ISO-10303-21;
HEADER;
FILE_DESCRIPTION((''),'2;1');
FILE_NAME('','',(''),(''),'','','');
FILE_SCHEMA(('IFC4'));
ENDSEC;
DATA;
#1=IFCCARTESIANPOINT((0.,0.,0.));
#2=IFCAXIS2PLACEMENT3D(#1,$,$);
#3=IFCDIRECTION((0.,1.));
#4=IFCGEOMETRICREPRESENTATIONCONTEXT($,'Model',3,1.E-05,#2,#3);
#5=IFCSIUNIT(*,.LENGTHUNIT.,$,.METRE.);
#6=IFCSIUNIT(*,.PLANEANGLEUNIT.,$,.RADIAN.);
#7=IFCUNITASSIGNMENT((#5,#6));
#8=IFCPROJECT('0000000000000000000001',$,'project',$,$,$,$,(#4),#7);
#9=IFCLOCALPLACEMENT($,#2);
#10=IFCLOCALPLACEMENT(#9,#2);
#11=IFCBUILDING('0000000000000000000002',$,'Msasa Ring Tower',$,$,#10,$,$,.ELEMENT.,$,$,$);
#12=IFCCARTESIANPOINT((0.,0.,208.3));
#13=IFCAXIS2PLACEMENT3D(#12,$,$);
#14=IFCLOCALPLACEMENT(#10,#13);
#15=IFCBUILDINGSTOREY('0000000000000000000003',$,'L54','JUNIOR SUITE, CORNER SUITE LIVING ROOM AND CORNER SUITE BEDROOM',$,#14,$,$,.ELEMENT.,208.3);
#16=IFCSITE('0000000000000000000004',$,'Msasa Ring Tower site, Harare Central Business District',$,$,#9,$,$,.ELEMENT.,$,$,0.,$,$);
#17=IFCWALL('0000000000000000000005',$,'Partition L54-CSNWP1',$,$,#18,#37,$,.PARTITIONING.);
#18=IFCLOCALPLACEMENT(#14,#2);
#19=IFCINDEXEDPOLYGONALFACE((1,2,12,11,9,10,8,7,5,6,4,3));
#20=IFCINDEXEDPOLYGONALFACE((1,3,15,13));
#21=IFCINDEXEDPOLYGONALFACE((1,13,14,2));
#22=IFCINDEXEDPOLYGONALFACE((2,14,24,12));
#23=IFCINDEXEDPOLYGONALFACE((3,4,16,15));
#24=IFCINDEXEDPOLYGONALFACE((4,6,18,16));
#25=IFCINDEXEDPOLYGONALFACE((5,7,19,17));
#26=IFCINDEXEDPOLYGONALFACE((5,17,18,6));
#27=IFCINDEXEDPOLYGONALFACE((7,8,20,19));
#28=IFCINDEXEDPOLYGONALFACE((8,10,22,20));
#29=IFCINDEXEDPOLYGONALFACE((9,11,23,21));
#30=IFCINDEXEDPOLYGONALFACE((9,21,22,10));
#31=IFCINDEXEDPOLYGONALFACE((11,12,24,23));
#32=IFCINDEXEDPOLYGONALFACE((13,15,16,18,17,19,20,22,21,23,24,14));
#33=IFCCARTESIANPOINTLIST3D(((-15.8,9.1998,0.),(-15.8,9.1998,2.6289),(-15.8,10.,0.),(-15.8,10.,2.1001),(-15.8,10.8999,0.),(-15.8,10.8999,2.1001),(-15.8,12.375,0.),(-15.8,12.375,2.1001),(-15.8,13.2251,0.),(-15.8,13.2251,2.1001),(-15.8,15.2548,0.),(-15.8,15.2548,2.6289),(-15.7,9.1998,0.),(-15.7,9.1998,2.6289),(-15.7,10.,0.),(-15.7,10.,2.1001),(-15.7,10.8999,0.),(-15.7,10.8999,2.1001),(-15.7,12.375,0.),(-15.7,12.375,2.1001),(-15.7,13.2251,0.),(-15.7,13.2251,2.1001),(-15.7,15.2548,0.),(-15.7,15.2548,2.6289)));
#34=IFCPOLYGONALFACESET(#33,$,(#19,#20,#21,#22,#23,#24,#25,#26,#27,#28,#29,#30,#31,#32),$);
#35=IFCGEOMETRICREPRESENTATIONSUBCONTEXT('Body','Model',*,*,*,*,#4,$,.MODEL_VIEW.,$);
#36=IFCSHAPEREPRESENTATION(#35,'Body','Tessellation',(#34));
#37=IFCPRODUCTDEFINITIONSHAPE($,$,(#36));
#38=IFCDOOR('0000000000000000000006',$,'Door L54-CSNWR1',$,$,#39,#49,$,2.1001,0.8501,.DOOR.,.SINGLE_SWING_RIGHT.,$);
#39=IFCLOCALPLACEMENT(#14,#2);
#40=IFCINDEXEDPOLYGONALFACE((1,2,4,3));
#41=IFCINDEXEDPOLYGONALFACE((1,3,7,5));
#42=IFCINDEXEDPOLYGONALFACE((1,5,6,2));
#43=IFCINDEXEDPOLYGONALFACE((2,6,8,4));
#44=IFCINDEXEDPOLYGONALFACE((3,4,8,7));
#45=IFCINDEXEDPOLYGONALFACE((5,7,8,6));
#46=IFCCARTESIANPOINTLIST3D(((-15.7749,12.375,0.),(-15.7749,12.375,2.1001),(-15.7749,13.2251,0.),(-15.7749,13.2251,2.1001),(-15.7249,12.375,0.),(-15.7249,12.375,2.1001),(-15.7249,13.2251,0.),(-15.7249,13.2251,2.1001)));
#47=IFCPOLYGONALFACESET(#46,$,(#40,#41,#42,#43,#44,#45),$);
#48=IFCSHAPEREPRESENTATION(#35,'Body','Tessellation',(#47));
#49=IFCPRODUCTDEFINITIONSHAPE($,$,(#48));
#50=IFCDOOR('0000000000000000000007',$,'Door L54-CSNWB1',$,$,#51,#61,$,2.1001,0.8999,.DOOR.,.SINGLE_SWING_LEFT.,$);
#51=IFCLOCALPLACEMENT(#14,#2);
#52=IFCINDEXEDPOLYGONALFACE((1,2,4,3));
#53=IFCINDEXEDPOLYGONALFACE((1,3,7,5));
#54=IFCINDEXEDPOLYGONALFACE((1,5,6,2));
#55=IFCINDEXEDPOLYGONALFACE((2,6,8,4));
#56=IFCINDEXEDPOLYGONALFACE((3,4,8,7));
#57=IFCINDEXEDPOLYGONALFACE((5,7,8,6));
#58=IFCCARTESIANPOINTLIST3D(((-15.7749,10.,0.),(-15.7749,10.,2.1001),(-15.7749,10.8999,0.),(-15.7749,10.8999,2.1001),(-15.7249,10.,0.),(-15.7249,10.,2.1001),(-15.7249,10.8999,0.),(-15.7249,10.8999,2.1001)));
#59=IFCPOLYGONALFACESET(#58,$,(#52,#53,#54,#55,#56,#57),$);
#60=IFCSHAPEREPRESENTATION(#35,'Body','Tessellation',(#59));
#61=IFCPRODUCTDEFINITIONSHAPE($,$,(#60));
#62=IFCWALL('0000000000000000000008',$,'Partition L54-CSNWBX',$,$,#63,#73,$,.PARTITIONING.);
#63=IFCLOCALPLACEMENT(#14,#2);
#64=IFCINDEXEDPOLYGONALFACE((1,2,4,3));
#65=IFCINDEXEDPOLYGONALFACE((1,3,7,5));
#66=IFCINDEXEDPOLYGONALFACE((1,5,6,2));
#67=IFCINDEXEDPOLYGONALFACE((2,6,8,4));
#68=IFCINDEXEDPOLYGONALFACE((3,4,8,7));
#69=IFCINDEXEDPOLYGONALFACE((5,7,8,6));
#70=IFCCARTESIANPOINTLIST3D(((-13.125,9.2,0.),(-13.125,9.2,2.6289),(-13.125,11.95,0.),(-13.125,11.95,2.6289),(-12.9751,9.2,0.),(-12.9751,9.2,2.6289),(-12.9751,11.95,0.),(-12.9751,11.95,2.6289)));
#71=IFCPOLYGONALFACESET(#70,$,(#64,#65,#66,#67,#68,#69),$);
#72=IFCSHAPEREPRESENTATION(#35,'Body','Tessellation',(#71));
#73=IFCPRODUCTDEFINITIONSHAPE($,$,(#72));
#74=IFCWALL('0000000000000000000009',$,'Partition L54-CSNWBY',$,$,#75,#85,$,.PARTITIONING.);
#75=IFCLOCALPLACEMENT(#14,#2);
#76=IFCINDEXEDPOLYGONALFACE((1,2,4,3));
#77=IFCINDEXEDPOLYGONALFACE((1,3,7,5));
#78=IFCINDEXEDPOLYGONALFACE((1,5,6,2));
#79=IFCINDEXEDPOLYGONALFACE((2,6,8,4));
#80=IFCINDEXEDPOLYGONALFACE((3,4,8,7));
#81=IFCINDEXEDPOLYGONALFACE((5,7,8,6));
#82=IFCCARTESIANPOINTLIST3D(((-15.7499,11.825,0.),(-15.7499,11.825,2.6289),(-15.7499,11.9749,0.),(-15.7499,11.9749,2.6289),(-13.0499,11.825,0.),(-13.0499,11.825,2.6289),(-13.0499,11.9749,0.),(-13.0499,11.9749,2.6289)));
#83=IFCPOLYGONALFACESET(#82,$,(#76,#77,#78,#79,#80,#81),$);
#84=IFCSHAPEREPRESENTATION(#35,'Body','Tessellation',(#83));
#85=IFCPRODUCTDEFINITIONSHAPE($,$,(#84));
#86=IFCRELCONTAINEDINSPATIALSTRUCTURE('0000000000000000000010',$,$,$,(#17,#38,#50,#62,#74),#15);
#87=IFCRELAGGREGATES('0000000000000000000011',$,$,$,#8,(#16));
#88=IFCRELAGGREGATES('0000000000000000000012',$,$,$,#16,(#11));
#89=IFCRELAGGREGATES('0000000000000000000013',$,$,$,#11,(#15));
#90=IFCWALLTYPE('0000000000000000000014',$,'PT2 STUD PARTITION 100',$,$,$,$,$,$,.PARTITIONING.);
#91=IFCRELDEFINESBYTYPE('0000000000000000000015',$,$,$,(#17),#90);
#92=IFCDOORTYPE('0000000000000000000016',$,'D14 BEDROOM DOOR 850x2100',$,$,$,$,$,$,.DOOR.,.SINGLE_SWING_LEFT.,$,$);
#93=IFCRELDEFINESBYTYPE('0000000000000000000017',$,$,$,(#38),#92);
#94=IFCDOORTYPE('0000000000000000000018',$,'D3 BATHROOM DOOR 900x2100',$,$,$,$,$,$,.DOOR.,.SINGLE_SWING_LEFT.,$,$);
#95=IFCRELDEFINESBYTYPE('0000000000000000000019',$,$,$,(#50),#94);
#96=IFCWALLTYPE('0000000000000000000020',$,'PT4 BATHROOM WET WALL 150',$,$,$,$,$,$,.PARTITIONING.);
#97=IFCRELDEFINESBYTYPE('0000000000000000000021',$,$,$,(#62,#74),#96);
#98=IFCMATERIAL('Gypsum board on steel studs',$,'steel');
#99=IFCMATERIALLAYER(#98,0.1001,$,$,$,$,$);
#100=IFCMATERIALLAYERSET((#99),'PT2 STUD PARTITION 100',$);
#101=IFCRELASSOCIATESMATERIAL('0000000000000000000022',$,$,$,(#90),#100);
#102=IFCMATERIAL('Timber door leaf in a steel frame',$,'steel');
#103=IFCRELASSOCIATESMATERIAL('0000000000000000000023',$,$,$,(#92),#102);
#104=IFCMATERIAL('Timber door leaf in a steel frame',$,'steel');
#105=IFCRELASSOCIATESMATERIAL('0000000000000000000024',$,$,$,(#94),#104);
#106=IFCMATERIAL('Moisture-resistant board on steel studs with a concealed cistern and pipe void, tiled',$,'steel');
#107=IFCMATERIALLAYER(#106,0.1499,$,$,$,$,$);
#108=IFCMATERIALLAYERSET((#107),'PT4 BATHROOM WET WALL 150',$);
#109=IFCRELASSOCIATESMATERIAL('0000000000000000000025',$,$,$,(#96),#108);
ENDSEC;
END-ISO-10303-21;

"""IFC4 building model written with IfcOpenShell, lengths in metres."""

from ifc_helpers import new_model, si_unit, direction, frame, frame_2d, origin, place, context, subcontext, project, spatial, rectangle, extrude, material, layer, layer_set, type_object, element, fill, save


model = new_model("IFC4")

# Units and contexts
model_context = context("Model", 3, precision=1e-05, world=origin(), true_north=direction((0.0, 1.0)))
body_context = subcontext(model_context, "Body", "Model", "MODEL_VIEW")
ifc_project = project(units=[si_unit("LENGTHUNIT", "METRE"), si_unit("PLANEANGLEUNIT", "RADIAN")], contexts=[model_context])

# Site, building, storey
site_placement = place(None, origin())
site = spatial("IfcSite", under=ifc_project, at=site_placement, Name="Msasa Ring Tower site, Harare Central Business District", CompositionType="ELEMENT", RefElevation=0.0)
building_placement = place(site_placement, origin())
building = spatial("IfcBuilding", under=site, at=building_placement, Name="Msasa Ring Tower", CompositionType="ELEMENT")
storey_placement = place(building_placement, frame((0.0, 0.0, 208.3)))
storey = spatial("IfcBuildingStorey", under=building, at=storey_placement, Name="L54", Description="JUNIOR SUITE, CORNER SUITE LIVING ROOM AND CORNER SUITE BEDROOM", CompositionType="ELEMENT", Elevation=208.3)

# Wall, openings, doors
ifc_material_1 = material(Name="Gypsum board on steel studs", Category="steel")
ifc_layer_1 = layer(ifc_material_1, 0.1001)
ifc_layer_set_1 = layer_set([ifc_layer_1], Name="PT2 STUD PARTITION 100")
wall_type_1 = type_object("IfcWallType", Name="PT2 STUD PARTITION 100", PredefinedType="PARTITIONING", material=ifc_layer_set_1)
wall_1_placement = place(storey_placement, frame((-15.75, 9.2, 0.0), z_axis=(0.0, 0.0, 1.0), x_axis=(0.0, 1.0, 0.0)))
wall_1 = element("IfcWall", 1, at=wall_1_placement, inside=storey, type_object=wall_type_1, Name="Partition L54-CSNWP1", PredefinedType="PARTITIONING", context=body_context, shape_type="SweptSolid", body=[
    extrude(rectangle(XDim=6.0549, YDim=0.1001, at=frame_2d((3.0273, 0.0))), origin(), (0.0, 0.0, 1.0), 2.6289),
])
opening_1_placement = place(wall_1_placement, frame((3.175, 0.0, 0.0)))
opening_1 = element("IfcOpeningElement", 2, at=opening_1_placement, cuts=wall_1, PredefinedType="OPENING", context=body_context, shape_type="SweptSolid", body=[
    extrude(rectangle(XDim=0.8501, YDim=2.1001, at=frame_2d((0.425, 1.05))), frame((0.0, 0.0601, 0.0), z_axis=(0.0, -1.0, 0.0), x_axis=(1.0, 0.0, 0.0)), (0.0, 0.0, 1.0), 0.1201),
])
opening_2_placement = place(wall_1_placement, frame((0.8, 0.0, 0.0)))
opening_2 = element("IfcOpeningElement", 3, at=opening_2_placement, cuts=wall_1, PredefinedType="OPENING", context=body_context, shape_type="SweptSolid", body=[
    extrude(rectangle(XDim=0.8999, YDim=2.1001, at=frame_2d((0.45, 1.05))), frame((0.0, 0.0601, 0.0), z_axis=(0.0, -1.0, 0.0), x_axis=(1.0, 0.0, 0.0)), (0.0, 0.0, 1.0), 0.1201),
])
ifc_material_2 = material(Name="Timber door leaf in a steel frame", Category="steel")
door_type_1 = type_object("IfcDoorType", Name="D14 BEDROOM DOOR 850x2100", OperationType="SINGLE_SWING_LEFT", PredefinedType="DOOR", material=ifc_material_2)
door_1_placement = place(opening_1_placement, origin())
door_1 = element("IfcDoor", 4, at=door_1_placement, inside=storey, type_object=door_type_1, Name="Door L54-CSNWR1", OperationType="SINGLE_SWING_RIGHT", OverallHeight=2.1001, OverallWidth=0.8501, PredefinedType="DOOR", context=body_context, shape_type="SweptSolid", body=[
    extrude(rectangle(XDim=0.8501, YDim=2.1001, at=frame_2d((0.425, 1.05))), frame((0.0, 0.0249, 0.0), z_axis=(0.0, -1.0, 0.0), x_axis=(1.0, 0.0, 0.0)), (0.0, 0.0, 1.0), 0.05),
])
fill(opening_1, door_1)
ifc_material_3 = material(Name="Timber door leaf in a steel frame", Category="steel")
door_type_2 = type_object("IfcDoorType", Name="D3 BATHROOM DOOR 900x2100", OperationType="SINGLE_SWING_LEFT", PredefinedType="DOOR", material=ifc_material_3)
door_2_placement = place(opening_2_placement, origin())
door_2 = element("IfcDoor", 5, at=door_2_placement, inside=storey, type_object=door_type_2, Name="Door L54-CSNWB1", OperationType="SINGLE_SWING_LEFT", OverallHeight=2.1001, OverallWidth=0.8999, PredefinedType="DOOR", context=body_context, shape_type="SweptSolid", body=[
    extrude(rectangle(XDim=0.8999, YDim=2.1001, at=frame_2d((0.45, 1.05))), frame((0.0, 0.0249, 0.0), z_axis=(0.0, -1.0, 0.0), x_axis=(1.0, 0.0, 0.0)), (0.0, 0.0, 1.0), 0.05),
])
fill(opening_2, door_2)

# Walls
ifc_material_4 = material(Name="Moisture-resistant board on steel studs with a concealed cistern and pipe void, tiled", Category="steel")
ifc_layer_2 = layer(ifc_material_4, 0.1499)
ifc_layer_set_2 = layer_set([ifc_layer_2], Name="PT4 BATHROOM WET WALL 150")
wall_type_2 = type_object("IfcWallType", Name="PT4 BATHROOM WET WALL 150", PredefinedType="PARTITIONING", material=ifc_layer_set_2)
wall_2_placement = place(storey_placement, frame((-13.05, 9.2, 0.0), z_axis=(0.0, 0.0, 1.0), x_axis=(0.0, 1.0, 0.0)))
element("IfcWall", 6, at=wall_2_placement, inside=storey, type_object=wall_type_2, Name="Partition L54-CSNWBX", PredefinedType="PARTITIONING", context=body_context, shape_type="SweptSolid", body=[
    extrude(rectangle(XDim=2.75, YDim=0.1499, at=frame_2d((1.375, 0.0))), origin(), (0.0, 0.0, 1.0), 2.6289),
])
wall_3_placement = place(storey_placement, frame((-15.75, 11.8999, 0.0), z_axis=(0.0, 0.0, 1.0), x_axis=(1.0, 0.0, 0.0)))
element("IfcWall", 7, at=wall_3_placement, inside=storey, type_object=wall_type_2, Name="Partition L54-CSNWBY", PredefinedType="PARTITIONING", context=body_context, shape_type="SweptSolid", body=[
    extrude(rectangle(XDim=2.7, YDim=0.1499, at=frame_2d((1.3501, 0.0))), origin(), (0.0, 0.0, 1.0), 2.6289),
])

save(model, "model.ifc")
